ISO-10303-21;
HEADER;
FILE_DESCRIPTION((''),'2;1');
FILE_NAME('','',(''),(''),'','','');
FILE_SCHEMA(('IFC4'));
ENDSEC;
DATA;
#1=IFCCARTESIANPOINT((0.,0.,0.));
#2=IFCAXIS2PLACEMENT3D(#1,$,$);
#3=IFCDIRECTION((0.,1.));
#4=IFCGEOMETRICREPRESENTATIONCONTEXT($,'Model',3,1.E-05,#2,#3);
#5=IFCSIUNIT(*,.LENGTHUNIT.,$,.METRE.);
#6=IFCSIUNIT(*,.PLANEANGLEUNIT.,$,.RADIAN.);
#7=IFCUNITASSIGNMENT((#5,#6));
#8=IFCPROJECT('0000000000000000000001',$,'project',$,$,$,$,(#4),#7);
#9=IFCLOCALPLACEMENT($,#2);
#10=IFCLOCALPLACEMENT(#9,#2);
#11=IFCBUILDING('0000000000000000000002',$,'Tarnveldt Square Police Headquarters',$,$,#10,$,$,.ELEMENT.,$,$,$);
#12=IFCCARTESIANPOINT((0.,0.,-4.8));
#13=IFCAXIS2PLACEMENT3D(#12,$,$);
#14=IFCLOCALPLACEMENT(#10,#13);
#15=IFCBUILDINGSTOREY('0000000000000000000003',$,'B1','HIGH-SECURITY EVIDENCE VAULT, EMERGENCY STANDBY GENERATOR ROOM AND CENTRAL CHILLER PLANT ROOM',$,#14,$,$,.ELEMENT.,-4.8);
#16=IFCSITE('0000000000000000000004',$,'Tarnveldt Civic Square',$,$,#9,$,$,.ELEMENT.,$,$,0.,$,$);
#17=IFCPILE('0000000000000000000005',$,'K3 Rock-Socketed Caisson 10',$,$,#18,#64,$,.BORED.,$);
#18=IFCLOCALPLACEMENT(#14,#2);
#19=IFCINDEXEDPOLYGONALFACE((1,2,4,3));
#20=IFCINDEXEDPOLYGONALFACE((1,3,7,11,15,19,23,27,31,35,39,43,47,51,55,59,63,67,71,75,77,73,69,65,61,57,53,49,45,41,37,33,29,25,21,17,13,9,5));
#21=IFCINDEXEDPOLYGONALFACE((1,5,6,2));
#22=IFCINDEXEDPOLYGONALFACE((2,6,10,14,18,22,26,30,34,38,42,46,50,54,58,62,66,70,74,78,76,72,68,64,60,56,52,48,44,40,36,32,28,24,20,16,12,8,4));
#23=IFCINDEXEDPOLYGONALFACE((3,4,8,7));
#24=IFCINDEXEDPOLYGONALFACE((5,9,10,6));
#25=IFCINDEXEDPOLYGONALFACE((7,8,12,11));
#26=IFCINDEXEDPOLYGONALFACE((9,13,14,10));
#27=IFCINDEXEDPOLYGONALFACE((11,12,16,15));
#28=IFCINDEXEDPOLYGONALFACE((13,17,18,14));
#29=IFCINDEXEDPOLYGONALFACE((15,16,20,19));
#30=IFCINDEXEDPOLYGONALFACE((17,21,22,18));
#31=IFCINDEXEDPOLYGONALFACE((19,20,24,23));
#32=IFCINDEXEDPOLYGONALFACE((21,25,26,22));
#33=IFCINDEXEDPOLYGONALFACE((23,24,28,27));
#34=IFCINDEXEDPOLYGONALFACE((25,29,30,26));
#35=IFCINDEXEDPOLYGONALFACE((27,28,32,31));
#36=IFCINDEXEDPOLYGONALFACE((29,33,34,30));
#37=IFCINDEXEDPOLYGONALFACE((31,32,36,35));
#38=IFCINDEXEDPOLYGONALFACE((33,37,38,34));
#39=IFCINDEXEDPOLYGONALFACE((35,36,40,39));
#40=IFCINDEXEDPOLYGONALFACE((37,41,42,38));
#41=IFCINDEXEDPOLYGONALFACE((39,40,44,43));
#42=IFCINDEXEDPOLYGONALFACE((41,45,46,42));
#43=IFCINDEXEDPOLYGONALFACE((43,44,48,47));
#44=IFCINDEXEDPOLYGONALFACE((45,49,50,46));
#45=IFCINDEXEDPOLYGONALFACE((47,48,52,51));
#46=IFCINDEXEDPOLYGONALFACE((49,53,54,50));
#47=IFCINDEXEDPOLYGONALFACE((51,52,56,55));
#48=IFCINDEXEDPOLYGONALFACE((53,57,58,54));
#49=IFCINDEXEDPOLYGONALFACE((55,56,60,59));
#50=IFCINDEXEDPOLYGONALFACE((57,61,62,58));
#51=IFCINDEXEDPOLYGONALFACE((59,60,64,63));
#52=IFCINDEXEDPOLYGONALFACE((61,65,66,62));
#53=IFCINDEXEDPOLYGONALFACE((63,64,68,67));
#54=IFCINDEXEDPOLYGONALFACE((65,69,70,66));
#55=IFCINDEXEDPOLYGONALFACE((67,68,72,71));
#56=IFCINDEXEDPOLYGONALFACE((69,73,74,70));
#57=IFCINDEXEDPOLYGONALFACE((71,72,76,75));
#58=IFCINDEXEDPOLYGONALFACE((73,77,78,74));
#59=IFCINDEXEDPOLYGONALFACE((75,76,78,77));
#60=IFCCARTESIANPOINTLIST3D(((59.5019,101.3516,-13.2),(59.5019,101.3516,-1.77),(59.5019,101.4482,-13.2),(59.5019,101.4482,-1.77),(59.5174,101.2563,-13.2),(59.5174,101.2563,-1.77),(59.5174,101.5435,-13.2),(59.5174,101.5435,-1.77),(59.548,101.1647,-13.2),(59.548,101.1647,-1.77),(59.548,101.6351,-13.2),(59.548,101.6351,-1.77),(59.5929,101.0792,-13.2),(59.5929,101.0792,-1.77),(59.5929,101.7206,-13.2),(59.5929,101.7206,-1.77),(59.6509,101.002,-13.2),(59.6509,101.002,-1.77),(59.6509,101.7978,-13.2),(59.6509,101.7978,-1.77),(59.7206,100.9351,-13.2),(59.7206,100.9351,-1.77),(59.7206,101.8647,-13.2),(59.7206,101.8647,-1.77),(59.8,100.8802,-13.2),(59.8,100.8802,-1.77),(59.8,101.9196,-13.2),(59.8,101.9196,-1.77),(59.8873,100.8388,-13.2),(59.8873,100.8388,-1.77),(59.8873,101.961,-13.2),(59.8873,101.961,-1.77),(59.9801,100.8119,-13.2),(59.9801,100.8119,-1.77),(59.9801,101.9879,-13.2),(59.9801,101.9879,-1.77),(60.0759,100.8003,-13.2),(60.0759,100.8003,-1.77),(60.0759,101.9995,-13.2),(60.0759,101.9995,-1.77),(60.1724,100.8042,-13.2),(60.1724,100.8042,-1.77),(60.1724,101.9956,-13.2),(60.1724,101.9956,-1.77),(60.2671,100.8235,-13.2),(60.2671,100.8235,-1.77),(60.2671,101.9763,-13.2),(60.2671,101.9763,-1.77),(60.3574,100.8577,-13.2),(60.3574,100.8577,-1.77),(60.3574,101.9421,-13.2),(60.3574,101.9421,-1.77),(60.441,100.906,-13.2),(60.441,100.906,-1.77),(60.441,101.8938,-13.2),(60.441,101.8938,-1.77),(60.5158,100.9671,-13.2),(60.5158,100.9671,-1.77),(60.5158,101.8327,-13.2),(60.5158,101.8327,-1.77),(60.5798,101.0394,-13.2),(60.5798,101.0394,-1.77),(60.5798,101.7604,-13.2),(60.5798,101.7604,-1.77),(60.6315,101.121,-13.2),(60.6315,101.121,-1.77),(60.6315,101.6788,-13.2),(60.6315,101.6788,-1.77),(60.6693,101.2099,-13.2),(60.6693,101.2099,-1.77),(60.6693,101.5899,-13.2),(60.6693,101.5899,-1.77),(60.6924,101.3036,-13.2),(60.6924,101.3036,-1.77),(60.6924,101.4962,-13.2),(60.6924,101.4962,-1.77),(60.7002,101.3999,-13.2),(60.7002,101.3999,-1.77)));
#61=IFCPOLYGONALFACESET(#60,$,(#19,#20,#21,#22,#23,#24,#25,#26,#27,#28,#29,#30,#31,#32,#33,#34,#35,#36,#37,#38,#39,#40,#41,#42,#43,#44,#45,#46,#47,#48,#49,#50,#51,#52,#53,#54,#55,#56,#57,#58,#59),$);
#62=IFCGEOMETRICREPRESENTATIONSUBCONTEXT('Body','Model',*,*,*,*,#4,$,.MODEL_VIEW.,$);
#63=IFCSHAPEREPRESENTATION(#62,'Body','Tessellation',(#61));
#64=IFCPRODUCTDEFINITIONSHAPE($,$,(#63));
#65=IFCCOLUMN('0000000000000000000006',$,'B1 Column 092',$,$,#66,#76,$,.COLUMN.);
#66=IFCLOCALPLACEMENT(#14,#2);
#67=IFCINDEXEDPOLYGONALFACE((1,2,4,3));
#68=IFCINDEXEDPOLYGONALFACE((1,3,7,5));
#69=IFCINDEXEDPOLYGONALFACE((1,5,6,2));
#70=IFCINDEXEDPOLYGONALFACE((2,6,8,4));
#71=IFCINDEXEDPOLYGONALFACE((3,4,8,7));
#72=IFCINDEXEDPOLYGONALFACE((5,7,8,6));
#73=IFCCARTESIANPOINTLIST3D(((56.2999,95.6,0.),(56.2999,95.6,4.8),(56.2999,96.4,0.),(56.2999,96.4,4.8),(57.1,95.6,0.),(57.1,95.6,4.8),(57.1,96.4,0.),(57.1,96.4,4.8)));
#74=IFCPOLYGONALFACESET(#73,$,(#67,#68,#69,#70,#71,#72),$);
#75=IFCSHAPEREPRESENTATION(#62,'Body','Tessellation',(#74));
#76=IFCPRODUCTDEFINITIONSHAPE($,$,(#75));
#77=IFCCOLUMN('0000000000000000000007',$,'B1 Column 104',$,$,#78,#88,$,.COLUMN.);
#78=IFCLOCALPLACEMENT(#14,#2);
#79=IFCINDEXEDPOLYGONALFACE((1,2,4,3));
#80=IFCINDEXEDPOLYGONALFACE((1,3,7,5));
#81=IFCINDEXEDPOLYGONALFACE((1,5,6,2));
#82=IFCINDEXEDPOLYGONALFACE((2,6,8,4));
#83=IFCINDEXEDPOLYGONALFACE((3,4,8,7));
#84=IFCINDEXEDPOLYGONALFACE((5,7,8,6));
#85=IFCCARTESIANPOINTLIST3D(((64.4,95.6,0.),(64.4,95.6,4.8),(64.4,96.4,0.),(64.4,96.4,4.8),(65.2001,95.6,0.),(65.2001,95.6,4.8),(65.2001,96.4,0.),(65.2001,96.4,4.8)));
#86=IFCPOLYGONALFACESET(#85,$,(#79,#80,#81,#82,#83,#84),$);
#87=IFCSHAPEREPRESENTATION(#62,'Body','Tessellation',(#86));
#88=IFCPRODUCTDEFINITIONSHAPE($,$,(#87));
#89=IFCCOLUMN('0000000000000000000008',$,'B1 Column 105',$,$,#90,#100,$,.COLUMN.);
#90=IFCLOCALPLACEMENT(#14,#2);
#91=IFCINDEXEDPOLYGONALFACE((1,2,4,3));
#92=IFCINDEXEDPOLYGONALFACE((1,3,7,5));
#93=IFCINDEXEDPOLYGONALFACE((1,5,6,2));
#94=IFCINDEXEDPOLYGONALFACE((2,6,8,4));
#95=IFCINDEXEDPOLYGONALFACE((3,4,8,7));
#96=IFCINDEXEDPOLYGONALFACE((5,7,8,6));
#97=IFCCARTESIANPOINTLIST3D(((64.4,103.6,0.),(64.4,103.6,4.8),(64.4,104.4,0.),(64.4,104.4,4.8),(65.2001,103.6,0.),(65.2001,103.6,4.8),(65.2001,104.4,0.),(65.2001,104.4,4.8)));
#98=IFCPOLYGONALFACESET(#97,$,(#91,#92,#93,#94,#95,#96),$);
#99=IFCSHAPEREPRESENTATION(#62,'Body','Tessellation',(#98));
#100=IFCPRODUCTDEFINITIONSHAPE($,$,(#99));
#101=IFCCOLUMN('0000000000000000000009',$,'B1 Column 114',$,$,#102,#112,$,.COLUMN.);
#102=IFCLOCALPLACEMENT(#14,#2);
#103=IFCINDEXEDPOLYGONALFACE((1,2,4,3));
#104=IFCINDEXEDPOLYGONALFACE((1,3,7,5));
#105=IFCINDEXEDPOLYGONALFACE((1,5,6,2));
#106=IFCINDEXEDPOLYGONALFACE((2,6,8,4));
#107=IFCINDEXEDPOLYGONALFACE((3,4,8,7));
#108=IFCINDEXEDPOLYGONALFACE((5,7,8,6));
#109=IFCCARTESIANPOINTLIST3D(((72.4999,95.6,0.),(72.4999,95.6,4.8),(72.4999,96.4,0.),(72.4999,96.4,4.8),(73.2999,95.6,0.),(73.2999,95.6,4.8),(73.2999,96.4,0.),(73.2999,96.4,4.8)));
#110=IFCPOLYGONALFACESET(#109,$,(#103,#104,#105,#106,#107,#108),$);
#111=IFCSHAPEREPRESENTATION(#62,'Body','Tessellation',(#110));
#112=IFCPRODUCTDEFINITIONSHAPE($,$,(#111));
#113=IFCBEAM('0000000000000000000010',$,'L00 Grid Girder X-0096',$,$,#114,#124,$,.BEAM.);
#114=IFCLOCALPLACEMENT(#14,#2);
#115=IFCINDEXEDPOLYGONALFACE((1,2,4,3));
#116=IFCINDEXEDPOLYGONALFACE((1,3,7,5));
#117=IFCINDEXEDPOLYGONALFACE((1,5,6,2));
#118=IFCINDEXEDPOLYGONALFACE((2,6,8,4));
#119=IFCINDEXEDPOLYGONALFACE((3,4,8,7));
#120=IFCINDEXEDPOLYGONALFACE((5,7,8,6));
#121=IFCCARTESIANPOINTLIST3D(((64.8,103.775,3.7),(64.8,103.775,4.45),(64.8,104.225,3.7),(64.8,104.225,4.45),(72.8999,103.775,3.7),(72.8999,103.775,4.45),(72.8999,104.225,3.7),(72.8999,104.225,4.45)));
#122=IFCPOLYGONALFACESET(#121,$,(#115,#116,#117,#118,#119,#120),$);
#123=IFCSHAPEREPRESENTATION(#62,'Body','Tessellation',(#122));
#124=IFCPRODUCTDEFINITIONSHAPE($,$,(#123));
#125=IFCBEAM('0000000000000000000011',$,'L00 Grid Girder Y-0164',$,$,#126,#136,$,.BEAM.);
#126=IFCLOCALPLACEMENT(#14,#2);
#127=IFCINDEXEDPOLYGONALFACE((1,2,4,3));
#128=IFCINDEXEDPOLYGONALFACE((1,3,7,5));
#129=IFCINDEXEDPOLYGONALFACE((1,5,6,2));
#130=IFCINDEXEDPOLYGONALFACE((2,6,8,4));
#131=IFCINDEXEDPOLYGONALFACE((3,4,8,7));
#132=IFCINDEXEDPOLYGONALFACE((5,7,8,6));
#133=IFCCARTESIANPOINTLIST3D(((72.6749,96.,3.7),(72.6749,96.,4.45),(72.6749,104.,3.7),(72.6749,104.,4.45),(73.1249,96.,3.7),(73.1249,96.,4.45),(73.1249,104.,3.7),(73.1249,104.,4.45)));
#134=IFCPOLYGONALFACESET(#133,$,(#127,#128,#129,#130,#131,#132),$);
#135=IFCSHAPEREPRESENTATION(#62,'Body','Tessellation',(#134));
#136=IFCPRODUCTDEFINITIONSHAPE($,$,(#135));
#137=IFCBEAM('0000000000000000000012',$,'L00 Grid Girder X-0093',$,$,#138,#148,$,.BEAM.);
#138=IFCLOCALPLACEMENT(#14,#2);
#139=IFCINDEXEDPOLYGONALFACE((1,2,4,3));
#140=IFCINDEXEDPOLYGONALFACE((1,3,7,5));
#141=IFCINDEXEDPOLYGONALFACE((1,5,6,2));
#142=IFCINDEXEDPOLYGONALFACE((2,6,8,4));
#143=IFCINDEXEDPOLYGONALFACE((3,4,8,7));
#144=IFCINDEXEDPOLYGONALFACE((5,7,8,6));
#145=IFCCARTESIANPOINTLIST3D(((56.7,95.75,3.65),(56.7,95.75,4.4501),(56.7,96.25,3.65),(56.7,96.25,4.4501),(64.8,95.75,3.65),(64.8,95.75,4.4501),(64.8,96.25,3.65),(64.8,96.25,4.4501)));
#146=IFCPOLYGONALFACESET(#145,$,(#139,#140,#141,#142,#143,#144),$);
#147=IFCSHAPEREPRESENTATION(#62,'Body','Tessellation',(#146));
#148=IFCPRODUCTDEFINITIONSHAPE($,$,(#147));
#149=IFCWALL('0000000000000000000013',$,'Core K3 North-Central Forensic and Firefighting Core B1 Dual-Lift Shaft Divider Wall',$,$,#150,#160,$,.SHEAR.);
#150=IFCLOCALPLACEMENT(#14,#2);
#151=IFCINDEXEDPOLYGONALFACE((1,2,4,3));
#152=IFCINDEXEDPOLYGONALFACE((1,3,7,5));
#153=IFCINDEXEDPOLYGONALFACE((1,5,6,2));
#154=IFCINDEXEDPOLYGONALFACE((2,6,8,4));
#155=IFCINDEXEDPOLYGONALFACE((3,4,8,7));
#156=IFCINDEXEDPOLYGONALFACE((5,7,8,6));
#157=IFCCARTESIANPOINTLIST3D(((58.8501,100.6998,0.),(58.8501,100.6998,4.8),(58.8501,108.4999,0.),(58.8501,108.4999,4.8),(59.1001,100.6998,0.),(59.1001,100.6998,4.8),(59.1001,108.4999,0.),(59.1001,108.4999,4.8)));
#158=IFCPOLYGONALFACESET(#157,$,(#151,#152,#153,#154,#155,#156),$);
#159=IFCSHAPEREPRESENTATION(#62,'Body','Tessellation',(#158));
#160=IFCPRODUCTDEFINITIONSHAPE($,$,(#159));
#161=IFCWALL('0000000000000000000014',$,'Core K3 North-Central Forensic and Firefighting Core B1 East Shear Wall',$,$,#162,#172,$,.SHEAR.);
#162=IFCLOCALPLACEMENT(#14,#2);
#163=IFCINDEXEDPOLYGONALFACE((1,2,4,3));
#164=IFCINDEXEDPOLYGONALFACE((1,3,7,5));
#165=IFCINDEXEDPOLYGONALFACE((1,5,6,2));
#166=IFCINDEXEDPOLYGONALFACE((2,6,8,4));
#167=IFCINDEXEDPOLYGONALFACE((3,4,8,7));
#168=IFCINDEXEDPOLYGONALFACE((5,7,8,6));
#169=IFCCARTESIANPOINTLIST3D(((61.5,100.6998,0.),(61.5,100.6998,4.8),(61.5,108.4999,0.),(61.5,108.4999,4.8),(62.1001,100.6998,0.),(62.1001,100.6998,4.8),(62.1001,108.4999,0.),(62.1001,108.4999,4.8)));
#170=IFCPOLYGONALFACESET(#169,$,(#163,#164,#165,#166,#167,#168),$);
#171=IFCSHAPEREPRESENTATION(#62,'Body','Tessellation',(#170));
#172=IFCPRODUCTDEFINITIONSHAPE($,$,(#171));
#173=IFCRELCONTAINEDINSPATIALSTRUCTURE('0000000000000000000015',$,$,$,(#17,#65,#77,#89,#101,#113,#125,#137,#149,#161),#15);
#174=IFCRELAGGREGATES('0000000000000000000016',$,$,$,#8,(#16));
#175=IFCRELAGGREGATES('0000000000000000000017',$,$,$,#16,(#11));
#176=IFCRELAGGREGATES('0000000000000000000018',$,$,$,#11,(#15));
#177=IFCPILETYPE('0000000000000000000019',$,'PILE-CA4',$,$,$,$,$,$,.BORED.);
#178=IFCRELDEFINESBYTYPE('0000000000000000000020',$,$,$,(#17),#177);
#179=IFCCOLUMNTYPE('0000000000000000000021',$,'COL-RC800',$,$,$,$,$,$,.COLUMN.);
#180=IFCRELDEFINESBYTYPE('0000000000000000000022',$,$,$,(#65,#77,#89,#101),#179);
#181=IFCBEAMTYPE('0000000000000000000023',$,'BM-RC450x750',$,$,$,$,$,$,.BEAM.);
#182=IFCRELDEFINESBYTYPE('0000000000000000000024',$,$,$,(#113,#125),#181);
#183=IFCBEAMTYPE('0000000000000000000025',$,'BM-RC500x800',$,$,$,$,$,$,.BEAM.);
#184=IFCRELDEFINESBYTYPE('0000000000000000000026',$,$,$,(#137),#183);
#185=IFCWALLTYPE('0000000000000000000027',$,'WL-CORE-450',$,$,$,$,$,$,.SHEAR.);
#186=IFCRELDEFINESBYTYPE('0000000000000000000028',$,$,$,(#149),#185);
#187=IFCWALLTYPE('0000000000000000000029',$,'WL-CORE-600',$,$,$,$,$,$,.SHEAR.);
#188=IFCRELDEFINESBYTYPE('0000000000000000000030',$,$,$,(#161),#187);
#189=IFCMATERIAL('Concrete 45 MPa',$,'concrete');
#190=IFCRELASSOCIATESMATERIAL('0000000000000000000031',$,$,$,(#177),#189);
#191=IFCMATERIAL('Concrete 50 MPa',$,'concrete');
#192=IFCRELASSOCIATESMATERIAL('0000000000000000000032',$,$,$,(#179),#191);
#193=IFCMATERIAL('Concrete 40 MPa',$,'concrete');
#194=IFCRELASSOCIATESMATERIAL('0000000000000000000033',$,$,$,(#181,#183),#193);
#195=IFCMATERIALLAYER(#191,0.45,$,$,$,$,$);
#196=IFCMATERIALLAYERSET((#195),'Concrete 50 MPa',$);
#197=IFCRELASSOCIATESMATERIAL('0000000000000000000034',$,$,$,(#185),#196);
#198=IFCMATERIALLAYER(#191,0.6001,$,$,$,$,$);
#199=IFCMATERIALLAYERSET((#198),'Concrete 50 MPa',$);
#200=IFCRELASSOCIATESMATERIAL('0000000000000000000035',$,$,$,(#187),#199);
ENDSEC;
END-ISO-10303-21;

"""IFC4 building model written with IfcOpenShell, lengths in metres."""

from ifc_helpers import new_model, si_unit, direction, frame, frame_2d, origin, origin_2d, place, context, subcontext, project, spatial, rectangle, circle, extrude, material, layer, layer_set, material_profile, profile_set, type_object, element, save


model = new_model("IFC4")

# Units and contexts
model_context = context("Model", 3, precision=1e-05, world=origin(), true_north=direction((0.0, 1.0)))
body_context = subcontext(model_context, "Body", "Model", "MODEL_VIEW")
ifc_project = project(units=[si_unit("LENGTHUNIT", "METRE"), si_unit("PLANEANGLEUNIT", "RADIAN")], contexts=[model_context])

# Site, building, storey
site_placement = place(None, origin())
site = spatial("IfcSite", under=ifc_project, at=site_placement, Name="Tarnveldt Civic Square", CompositionType="ELEMENT", RefElevation=0.0)
building_placement = place(site_placement, origin())
building = spatial("IfcBuilding", under=site, at=building_placement, Name="Tarnveldt Square Police Headquarters", CompositionType="ELEMENT")
storey_placement = place(building_placement, frame((0.0, 0.0, -4.8)))
storey = spatial("IfcBuildingStorey", under=building, at=storey_placement, Name="B1", Description="HIGH-SECURITY EVIDENCE VAULT, EMERGENCY STANDBY GENERATOR ROOM AND CENTRAL CHILLER PLANT ROOM", CompositionType="ELEMENT", Elevation=-4.8)

# Shared definitions
ifc_material_1 = material(Name="Concrete 45 MPa", Category="concrete")

# Pile
ifc_material_profile_1 = material_profile(ifc_material_1, circle(Radius=0.6001, at=origin_2d()), Name="CAISSON-D1200")
ifc_profile_set_1 = profile_set([ifc_material_profile_1], Name="Concrete 45 MPa")
pile_type_1 = type_object("IfcPileType", Name="PILE-CA4", PredefinedType="BORED", material=ifc_profile_set_1)
pile_1_placement = place(storey_placement, frame((60.1001, 101.3999, -1.77), z_axis=(0.0, 0.0, -1.0), x_axis=(1.0, 0.0, 0.0)))
element("IfcPile", 1, at=pile_1_placement, inside=storey, type_object=pile_type_1, Name="K3 Rock-Socketed Caisson 10", PredefinedType="BORED", context=body_context, shape_type="SweptSolid", body=[
    extrude(circle(Radius=0.6001, at=origin_2d()), origin(), (0.0, 0.0, 1.0), 11.4299),
])

# Columns
ifc_material_2 = material(Name="Concrete 50 MPa", Category="concrete")
ifc_material_profile_2 = material_profile(ifc_material_2, rectangle(XDim=0.8, YDim=0.8, at=origin_2d()), Name="RC-C800x800")
ifc_profile_set_2 = profile_set([ifc_material_profile_2], Name="Concrete 50 MPa")
column_type = type_object("IfcColumnType", Name="COL-RC800", PredefinedType="COLUMN", material=ifc_profile_set_2)
for number, where, z_axis, x_axis, name in (
    (2, (56.7, 96.0, 0.0), (0.0, 0.0, 1.0), (1.0, 0.0, 0.0), "B1 Column 092"),
    (3, (64.8, 96.0, 0.0), (0.0, 0.0, 1.0), (1.0, 0.0, 0.0), "B1 Column 104"),
    (4, (64.8, 104.0, 0.0), (0.0, 0.0, 1.0), (1.0, 0.0, 0.0), "B1 Column 105"),
    (5, (72.8999, 96.0, 0.0), (0.0, 0.0, 1.0), (1.0, 0.0, 0.0), "B1 Column 114"),
):
    element("IfcColumn", number, at=place(storey_placement, frame(where, z_axis=z_axis, x_axis=x_axis)), inside=storey, type_object=column_type, Name=name, PredefinedType="COLUMN", context=body_context, shape_type="SweptSolid", body=[
        extrude(rectangle(XDim=0.8, YDim=0.8, at=origin_2d()), origin(), (0.0, 0.0, 1.0), 4.8),
    ])

# Beams
ifc_material_3 = material(Name="Concrete 40 MPa", Category="concrete")
ifc_material_profile_3 = material_profile(ifc_material_3, rectangle(XDim=0.45, YDim=0.75, at=origin_2d()), Name="RC-B450x750")
ifc_profile_set_3 = profile_set([ifc_material_profile_3], Name="Concrete 40 MPa")
beam_type_1 = type_object("IfcBeamType", Name="BM-RC450x750", PredefinedType="BEAM", material=ifc_profile_set_3)
beam_1_placement = place(storey_placement, frame((64.8, 104.0, 4.075), z_axis=(1.0, 0.0, 0.0), x_axis=(0.0, 1.0, 0.0)))
element("IfcBeam", 6, at=beam_1_placement, inside=storey, type_object=beam_type_1, Name="L00 Grid Girder X-0096", PredefinedType="BEAM", context=body_context, shape_type="SweptSolid", body=[
    extrude(rectangle(XDim=0.45, YDim=0.75, at=origin_2d()), origin(), (0.0, 0.0, 1.0), 8.0999),
])
beam_2_placement = place(storey_placement, frame((72.8999, 96.0, 4.075), z_axis=(0.0, 1.0, 0.0), x_axis=(-1.0, 0.0, 0.0)))
element("IfcBeam", 7, at=beam_2_placement, inside=storey, type_object=beam_type_1, Name="L00 Grid Girder Y-0164", PredefinedType="BEAM", context=body_context, shape_type="SweptSolid", body=[
    extrude(rectangle(XDim=0.45, YDim=0.75, at=origin_2d()), origin(), (0.0, 0.0, 1.0), 8.0),
])
ifc_material_profile_4 = material_profile(ifc_material_3, rectangle(XDim=0.5, YDim=0.8, at=origin_2d()), Name="RC-B500x800")
ifc_profile_set_4 = profile_set([ifc_material_profile_4], Name="Concrete 40 MPa")
beam_type_2 = type_object("IfcBeamType", Name="BM-RC500x800", PredefinedType="BEAM", material=ifc_profile_set_4)
beam_3_placement = place(storey_placement, frame((56.7, 96.0, 4.05), z_axis=(1.0, 0.0, 0.0), x_axis=(0.0, 1.0, 0.0)))
element("IfcBeam", 8, at=beam_3_placement, inside=storey, type_object=beam_type_2, Name="L00 Grid Girder X-0093", PredefinedType="BEAM", context=body_context, shape_type="SweptSolid", body=[
    extrude(rectangle(XDim=0.5, YDim=0.8, at=origin_2d()), origin(), (0.0, 0.0, 1.0), 8.1001),
])

# Walls
ifc_layer_1 = layer(ifc_material_2, 0.45)
ifc_layer_set_1 = layer_set([ifc_layer_1], Name="Concrete 50 MPa")
wall_type_1 = type_object("IfcWallType", Name="WL-CORE-450", PredefinedType="SHEAR", material=ifc_layer_set_1)
wall_1_placement = place(storey_placement, frame((58.9751, 100.7, 0.0), z_axis=(0.0, 0.0, 1.0), x_axis=(0.0, 1.0, 0.0)))
element("IfcWall", 9, at=wall_1_placement, inside=storey, type_object=wall_type_1, Name="Core K3 North-Central Forensic and Firefighting Core B1 Dual-Lift Shaft Divider Wall", PredefinedType="SHEAR", context=body_context, shape_type="SweptSolid", body=[
    extrude(rectangle(XDim=7.8, YDim=0.25, at=frame_2d((3.8999, 0.0))), origin(), (0.0, 0.0, 1.0), 4.8),
])
ifc_layer_2 = layer(ifc_material_2, 0.6001)
ifc_layer_set_2 = layer_set([ifc_layer_2], Name="Concrete 50 MPa")
wall_type_2 = type_object("IfcWallType", Name="WL-CORE-600", PredefinedType="SHEAR", material=ifc_layer_set_2)
wall_2_placement = place(storey_placement, frame((61.8, 100.7, 0.0), z_axis=(0.0, 0.0, 1.0), x_axis=(0.0, 1.0, 0.0)))
element("IfcWall", 10, at=wall_2_placement, inside=storey, type_object=wall_type_2, Name="Core K3 North-Central Forensic and Firefighting Core B1 East Shear Wall", PredefinedType="SHEAR", context=body_context, shape_type="SweptSolid", body=[
    extrude(rectangle(XDim=7.8, YDim=0.6001, at=frame_2d((3.8999, 0.0))), origin(), (0.0, 0.0, 1.0), 4.8),
])

save(model, "model.ifc")
